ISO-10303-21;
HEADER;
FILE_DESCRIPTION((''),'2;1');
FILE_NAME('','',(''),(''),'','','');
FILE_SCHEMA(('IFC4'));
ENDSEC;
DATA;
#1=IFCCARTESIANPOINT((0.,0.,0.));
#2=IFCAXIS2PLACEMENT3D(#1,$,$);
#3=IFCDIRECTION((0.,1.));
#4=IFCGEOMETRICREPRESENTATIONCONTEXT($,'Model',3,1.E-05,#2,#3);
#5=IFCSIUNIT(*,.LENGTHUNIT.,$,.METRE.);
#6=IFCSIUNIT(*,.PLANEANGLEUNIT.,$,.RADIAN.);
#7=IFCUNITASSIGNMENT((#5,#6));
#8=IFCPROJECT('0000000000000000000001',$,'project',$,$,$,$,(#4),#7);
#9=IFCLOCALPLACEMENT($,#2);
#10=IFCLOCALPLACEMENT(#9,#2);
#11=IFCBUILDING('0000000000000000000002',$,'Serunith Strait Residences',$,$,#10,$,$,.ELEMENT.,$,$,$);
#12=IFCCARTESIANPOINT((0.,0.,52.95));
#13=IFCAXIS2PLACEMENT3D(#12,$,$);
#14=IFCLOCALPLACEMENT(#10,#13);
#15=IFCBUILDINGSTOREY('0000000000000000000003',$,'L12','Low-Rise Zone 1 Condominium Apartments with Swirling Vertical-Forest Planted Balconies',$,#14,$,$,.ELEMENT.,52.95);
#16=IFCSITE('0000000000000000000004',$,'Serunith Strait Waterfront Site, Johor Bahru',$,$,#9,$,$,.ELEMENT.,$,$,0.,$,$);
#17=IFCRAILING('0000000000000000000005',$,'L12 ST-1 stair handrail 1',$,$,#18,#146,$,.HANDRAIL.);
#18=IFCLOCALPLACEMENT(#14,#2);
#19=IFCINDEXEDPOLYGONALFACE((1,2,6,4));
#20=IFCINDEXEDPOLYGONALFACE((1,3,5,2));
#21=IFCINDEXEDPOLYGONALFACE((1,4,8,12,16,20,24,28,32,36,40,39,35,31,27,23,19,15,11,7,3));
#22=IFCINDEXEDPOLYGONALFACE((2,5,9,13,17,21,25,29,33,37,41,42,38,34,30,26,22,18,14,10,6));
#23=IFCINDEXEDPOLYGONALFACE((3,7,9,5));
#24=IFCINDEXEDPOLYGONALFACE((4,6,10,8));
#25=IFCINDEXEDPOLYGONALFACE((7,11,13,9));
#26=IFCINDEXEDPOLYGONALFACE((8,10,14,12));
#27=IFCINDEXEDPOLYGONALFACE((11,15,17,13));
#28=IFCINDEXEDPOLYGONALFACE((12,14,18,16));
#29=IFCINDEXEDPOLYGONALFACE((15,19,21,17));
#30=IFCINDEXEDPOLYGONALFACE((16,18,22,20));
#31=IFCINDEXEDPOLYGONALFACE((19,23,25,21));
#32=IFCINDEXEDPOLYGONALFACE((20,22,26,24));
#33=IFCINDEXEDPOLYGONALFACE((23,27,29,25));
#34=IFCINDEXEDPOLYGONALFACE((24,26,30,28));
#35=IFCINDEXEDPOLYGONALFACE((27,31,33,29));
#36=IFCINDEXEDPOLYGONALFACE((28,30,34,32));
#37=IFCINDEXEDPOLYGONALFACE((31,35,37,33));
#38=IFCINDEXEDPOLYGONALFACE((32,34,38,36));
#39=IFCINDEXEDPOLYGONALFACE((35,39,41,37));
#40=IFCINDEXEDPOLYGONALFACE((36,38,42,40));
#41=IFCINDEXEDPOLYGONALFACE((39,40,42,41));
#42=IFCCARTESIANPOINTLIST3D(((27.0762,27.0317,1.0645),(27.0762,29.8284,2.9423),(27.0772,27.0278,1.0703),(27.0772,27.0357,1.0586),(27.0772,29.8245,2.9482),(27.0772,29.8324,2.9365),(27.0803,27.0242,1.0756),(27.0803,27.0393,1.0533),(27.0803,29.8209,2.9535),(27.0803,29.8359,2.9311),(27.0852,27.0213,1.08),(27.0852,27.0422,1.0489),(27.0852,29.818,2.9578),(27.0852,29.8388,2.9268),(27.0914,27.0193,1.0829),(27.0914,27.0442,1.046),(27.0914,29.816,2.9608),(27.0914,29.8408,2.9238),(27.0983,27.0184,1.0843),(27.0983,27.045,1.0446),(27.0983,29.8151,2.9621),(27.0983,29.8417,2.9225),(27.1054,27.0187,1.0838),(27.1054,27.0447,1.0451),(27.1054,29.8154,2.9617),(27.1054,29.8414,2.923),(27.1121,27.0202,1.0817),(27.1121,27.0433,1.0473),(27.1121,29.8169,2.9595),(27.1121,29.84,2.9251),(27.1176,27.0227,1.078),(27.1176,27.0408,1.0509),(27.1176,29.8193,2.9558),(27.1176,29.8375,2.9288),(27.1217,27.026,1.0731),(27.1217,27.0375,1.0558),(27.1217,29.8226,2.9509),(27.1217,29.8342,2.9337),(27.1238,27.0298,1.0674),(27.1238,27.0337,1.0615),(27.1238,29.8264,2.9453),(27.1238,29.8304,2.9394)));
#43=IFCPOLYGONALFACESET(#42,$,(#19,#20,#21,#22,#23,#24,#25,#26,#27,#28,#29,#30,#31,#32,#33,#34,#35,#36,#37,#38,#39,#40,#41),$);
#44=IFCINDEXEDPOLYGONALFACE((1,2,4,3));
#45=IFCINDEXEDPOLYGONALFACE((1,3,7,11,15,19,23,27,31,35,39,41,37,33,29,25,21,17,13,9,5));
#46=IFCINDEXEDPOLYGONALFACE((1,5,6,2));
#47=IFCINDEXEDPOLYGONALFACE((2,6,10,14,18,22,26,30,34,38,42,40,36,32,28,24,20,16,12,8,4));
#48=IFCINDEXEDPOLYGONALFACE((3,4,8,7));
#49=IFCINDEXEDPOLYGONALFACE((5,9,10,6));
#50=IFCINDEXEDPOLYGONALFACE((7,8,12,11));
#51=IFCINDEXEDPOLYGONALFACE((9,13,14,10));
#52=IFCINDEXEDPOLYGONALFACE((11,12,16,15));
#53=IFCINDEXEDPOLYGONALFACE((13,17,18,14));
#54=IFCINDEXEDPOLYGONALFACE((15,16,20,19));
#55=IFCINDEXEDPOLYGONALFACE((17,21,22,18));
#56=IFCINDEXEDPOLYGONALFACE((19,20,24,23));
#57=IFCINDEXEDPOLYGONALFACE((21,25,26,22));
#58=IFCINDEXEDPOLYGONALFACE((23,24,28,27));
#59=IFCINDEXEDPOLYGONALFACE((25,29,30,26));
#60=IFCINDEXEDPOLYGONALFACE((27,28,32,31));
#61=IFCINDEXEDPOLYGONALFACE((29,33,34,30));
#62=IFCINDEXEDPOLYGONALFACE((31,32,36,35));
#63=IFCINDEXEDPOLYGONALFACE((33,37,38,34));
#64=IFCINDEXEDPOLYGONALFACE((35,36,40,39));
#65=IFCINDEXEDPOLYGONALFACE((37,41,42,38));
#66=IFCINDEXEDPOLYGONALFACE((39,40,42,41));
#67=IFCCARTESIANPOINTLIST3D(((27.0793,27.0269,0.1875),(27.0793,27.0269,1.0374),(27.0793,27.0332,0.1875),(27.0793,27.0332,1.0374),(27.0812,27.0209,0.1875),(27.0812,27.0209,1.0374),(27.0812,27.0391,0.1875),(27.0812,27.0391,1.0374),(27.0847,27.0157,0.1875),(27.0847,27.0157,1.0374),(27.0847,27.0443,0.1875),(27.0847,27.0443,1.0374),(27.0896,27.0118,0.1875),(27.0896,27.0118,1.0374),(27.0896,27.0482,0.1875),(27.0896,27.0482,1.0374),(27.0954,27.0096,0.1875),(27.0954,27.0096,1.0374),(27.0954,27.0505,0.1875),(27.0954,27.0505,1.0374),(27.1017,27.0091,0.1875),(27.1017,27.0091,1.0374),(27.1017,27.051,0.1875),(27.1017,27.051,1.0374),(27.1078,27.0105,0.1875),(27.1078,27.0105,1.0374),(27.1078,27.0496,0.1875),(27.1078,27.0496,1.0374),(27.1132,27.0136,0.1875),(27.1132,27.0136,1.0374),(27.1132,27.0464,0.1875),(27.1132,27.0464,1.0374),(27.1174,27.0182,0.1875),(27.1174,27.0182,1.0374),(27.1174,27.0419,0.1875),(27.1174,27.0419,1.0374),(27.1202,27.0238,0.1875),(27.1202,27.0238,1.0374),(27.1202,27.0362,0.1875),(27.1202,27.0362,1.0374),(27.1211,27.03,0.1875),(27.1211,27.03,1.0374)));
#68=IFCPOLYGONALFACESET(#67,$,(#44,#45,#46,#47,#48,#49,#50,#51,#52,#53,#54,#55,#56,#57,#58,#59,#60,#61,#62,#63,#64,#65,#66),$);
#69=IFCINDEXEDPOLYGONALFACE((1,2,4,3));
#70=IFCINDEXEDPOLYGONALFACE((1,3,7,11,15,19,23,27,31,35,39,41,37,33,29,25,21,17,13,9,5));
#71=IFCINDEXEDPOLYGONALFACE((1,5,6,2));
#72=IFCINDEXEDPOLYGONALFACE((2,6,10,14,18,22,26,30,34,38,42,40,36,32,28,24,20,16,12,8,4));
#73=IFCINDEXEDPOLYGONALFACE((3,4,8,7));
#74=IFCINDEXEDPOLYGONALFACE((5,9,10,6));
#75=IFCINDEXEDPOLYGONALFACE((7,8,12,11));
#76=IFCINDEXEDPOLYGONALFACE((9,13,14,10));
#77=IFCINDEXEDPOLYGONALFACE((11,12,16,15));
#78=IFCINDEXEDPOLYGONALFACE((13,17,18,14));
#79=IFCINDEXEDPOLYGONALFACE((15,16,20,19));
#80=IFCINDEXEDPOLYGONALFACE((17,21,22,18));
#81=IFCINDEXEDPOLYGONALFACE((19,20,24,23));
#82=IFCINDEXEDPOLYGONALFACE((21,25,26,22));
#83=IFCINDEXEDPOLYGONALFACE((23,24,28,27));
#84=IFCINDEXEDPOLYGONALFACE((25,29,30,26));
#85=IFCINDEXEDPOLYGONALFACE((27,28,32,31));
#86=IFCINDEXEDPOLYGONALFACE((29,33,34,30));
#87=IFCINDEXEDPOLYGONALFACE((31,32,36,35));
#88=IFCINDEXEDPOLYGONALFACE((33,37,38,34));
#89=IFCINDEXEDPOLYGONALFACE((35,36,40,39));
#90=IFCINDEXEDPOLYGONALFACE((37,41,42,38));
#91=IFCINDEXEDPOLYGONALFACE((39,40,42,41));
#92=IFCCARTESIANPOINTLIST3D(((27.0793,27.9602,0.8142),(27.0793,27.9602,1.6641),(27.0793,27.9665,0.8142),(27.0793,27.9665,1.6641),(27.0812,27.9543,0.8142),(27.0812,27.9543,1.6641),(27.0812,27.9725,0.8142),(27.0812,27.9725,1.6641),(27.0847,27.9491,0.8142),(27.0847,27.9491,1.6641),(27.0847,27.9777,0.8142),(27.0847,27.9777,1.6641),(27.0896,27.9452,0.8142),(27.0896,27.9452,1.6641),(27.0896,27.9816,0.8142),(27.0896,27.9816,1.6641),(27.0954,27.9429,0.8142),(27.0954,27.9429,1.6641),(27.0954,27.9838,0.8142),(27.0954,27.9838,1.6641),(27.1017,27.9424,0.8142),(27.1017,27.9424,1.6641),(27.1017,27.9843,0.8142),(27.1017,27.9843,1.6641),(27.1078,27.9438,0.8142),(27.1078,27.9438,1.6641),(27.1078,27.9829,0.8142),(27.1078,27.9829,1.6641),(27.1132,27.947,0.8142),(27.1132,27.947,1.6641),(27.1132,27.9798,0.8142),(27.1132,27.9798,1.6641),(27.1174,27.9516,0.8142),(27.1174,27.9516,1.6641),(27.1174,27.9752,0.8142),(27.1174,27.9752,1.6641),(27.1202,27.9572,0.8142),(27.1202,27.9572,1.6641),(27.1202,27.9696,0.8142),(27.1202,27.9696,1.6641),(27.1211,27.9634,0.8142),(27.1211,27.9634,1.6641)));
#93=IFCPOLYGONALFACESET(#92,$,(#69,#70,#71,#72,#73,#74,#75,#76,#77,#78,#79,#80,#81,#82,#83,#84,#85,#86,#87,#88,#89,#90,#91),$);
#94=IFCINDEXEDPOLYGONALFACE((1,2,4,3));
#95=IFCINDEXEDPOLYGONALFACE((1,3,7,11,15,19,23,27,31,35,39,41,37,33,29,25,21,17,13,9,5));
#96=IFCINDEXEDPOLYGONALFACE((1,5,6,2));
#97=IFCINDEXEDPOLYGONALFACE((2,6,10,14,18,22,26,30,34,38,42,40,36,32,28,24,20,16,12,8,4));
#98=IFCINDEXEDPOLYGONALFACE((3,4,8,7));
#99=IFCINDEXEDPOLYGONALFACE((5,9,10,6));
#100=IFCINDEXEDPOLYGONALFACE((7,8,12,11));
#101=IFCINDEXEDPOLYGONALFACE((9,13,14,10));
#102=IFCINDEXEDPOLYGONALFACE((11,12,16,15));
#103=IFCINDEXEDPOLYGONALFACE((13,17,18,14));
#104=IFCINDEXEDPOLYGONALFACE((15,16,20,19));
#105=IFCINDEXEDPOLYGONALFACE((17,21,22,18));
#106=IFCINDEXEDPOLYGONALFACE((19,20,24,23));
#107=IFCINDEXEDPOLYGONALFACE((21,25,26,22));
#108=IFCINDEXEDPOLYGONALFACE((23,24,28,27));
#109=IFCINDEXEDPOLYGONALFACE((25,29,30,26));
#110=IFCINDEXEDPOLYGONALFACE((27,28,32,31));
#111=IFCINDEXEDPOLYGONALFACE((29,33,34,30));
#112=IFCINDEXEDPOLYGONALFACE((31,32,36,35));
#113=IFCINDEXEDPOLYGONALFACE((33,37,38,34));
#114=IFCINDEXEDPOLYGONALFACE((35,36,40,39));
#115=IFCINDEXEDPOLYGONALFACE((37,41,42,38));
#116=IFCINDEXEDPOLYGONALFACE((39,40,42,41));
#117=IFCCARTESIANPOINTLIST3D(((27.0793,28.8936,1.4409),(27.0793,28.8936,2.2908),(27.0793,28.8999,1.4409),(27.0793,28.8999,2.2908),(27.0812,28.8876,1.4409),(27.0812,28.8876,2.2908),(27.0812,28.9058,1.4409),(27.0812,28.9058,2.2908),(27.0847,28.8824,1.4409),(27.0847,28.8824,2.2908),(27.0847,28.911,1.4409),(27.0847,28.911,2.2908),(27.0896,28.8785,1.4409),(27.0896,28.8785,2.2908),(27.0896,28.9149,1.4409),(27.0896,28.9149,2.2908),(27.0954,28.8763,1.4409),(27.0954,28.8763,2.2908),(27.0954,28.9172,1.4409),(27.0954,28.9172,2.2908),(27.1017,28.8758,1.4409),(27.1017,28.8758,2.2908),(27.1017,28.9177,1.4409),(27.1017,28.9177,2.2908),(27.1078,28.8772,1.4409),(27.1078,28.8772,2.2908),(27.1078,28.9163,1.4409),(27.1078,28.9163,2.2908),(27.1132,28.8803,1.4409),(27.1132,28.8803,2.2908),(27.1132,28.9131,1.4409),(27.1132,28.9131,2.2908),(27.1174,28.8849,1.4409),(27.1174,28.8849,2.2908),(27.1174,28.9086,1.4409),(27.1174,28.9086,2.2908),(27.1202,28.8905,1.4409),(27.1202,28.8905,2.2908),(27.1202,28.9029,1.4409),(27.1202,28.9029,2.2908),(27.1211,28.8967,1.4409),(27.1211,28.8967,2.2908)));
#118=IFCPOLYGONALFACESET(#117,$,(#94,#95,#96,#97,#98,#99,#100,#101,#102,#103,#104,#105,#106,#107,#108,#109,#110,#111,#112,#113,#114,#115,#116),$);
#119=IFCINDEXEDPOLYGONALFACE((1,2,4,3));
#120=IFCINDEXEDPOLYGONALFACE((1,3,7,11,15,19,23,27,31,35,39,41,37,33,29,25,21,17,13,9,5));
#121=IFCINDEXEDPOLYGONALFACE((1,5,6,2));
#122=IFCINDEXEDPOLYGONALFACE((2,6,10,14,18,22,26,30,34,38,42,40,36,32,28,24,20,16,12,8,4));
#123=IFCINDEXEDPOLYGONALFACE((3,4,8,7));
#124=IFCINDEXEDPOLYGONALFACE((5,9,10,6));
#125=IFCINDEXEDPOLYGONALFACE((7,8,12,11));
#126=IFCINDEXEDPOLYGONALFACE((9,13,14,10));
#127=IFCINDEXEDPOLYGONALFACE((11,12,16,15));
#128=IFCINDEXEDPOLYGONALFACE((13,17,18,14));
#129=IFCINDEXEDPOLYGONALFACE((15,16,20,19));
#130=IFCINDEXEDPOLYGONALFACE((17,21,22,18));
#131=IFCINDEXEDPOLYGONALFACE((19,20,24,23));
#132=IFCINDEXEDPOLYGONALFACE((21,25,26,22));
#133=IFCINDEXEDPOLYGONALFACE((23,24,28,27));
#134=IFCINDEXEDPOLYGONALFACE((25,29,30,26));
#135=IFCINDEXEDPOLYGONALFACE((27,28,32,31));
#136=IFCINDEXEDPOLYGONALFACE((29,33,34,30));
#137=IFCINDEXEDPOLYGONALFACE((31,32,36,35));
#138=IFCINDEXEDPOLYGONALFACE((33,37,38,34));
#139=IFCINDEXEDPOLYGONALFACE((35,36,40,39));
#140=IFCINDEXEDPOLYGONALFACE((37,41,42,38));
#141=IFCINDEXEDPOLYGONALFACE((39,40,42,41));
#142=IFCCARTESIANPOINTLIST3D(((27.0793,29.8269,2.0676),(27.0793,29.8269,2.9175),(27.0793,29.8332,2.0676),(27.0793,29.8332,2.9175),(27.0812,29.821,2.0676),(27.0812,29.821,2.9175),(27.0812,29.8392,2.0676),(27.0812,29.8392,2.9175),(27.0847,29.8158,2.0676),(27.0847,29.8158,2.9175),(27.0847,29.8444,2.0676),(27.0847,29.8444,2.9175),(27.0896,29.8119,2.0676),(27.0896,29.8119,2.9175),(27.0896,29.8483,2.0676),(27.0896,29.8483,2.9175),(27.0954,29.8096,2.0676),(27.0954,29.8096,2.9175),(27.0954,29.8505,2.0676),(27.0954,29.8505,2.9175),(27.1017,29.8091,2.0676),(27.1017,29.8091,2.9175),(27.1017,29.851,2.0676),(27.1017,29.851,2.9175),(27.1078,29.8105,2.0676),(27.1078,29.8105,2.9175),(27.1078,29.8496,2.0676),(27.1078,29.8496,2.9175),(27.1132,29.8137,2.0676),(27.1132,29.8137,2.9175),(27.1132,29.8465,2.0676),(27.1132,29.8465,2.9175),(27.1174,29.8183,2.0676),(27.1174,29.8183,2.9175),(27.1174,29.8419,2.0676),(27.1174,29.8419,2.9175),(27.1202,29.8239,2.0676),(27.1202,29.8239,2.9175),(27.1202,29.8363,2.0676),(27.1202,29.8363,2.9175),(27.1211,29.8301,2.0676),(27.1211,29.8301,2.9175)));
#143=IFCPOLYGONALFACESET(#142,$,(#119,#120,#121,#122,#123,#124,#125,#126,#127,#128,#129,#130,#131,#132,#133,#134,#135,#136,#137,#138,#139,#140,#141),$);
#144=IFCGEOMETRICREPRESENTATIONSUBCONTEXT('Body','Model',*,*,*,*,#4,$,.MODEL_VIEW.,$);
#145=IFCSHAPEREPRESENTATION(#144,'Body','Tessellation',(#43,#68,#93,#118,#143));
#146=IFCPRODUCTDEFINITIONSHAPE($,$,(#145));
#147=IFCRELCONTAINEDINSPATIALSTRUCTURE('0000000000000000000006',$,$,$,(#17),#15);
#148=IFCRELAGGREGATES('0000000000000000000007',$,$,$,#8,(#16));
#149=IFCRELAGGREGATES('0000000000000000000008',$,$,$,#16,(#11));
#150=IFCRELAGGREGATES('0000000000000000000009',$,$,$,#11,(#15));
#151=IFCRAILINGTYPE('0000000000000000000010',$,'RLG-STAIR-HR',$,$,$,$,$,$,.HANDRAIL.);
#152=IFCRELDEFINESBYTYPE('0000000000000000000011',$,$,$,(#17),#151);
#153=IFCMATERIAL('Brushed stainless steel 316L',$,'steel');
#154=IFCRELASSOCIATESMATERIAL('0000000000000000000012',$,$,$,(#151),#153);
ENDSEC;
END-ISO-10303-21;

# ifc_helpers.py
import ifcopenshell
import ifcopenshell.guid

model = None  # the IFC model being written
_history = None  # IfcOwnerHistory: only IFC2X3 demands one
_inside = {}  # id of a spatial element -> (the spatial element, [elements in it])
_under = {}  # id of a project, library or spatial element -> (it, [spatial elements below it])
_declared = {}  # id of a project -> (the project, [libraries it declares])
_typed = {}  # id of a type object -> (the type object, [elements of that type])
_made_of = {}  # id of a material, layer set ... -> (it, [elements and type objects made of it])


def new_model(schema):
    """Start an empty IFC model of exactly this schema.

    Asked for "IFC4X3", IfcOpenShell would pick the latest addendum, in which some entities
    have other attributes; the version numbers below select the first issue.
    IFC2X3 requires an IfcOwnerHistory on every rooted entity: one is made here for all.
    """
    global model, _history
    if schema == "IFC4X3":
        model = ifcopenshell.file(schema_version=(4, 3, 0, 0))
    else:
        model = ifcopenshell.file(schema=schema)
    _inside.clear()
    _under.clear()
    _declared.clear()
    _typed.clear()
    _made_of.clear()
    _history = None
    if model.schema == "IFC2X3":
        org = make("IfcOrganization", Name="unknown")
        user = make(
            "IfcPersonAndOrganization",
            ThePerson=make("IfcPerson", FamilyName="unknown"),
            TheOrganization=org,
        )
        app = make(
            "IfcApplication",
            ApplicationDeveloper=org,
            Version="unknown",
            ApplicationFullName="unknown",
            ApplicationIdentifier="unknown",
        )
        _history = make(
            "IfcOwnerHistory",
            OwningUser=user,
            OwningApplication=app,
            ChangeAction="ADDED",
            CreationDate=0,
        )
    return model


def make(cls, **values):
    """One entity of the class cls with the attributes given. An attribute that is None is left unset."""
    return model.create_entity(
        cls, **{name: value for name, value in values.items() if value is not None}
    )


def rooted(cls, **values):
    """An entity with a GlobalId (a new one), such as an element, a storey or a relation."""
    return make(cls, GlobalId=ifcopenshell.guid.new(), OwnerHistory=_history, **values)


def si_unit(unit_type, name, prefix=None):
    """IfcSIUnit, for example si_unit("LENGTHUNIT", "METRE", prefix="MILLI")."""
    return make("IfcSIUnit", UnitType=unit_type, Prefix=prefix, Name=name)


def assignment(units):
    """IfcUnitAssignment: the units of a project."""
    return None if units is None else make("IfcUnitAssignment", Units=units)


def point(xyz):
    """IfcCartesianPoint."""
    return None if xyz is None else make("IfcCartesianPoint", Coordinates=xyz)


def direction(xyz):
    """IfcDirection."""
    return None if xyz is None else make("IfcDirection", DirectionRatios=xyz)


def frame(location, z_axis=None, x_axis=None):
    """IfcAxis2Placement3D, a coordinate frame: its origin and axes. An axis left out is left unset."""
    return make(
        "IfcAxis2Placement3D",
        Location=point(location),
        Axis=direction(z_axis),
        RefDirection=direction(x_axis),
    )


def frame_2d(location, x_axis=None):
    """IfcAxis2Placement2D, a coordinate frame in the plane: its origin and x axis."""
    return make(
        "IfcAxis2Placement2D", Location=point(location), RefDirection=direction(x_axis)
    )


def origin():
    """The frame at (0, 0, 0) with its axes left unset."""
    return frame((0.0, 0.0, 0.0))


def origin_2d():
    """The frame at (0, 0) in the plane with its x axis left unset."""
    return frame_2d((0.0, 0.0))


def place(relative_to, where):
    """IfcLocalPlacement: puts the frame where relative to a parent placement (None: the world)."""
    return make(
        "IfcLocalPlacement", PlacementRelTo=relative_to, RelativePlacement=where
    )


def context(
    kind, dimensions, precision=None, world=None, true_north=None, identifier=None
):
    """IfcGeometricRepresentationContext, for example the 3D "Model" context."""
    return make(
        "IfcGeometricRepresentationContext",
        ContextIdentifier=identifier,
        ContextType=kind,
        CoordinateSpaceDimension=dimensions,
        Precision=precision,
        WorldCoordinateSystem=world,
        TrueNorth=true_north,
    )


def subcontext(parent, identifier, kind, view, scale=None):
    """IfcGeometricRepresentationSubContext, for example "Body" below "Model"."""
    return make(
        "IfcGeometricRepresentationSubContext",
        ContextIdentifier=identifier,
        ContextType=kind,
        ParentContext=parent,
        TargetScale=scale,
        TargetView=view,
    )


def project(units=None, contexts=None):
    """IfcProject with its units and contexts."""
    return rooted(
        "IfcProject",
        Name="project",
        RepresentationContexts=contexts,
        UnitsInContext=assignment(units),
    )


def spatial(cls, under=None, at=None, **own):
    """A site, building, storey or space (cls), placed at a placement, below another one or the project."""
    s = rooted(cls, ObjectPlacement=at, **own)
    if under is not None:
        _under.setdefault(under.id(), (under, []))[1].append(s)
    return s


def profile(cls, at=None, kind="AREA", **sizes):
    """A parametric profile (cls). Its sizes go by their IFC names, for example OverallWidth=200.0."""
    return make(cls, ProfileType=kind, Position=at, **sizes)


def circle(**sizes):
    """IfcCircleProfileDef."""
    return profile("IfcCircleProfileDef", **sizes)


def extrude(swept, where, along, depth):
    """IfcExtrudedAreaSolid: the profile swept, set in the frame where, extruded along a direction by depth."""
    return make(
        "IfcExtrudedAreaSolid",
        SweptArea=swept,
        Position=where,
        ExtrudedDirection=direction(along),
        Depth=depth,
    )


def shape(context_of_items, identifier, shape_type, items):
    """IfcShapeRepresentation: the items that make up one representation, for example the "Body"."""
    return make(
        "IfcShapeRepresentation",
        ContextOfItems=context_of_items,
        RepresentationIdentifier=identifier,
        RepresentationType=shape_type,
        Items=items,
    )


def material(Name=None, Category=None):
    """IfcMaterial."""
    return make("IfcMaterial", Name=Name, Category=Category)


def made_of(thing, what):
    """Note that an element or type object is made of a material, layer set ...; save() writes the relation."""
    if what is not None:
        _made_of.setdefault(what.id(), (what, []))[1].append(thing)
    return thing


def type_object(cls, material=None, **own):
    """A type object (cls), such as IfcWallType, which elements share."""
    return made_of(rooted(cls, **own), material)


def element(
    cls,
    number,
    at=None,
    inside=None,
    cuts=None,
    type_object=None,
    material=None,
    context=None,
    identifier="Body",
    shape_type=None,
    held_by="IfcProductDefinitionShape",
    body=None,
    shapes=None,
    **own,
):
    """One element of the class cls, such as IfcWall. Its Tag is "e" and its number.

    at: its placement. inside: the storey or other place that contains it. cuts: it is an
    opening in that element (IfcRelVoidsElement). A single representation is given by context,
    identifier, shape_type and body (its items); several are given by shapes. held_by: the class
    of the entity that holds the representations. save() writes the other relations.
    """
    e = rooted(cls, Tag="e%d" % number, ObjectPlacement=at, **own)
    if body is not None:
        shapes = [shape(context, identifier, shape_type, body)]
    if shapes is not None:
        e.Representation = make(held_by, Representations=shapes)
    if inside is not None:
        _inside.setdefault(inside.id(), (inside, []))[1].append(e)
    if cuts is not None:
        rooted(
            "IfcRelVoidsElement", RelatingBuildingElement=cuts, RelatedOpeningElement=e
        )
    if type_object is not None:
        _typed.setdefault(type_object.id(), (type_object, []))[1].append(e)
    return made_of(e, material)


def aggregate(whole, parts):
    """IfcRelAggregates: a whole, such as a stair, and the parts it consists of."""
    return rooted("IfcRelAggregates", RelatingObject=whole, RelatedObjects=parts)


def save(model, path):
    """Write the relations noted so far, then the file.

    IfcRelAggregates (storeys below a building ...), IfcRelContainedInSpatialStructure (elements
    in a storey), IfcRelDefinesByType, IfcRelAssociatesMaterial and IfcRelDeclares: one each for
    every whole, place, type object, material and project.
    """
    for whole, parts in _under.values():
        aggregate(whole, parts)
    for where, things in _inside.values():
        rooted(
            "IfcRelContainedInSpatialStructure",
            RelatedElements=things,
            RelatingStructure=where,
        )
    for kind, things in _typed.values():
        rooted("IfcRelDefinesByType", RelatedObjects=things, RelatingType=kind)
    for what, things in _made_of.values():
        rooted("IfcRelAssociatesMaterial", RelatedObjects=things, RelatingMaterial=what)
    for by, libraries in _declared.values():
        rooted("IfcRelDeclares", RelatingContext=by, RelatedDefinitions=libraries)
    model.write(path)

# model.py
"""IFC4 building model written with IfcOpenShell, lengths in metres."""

from ifc_helpers import new_model, si_unit, direction, frame, origin, origin_2d, place, context, subcontext, project, spatial, circle, extrude, material, type_object, element, save


model = new_model("IFC4")

# Units and contexts
model_context = context("Model", 3, precision=1e-05, world=origin(), true_north=direction((0.0, 1.0)))
body_context = subcontext(model_context, "Body", "Model", "MODEL_VIEW")
ifc_project = project(units=[si_unit("LENGTHUNIT", "METRE"), si_unit("PLANEANGLEUNIT", "RADIAN")], contexts=[model_context])

# Site, building, storey
site_placement = place(None, origin())
site = spatial("IfcSite", under=ifc_project, at=site_placement, Name="Serunith Strait Waterfront Site, Johor Bahru", CompositionType="ELEMENT", RefElevation=0.0)
building_placement = place(site_placement, origin())
building = spatial("IfcBuilding", under=site, at=building_placement, Name="Serunith Strait Residences", CompositionType="ELEMENT")
storey_placement = place(building_placement, frame((0.0, 0.0, 52.95)))
storey = spatial("IfcBuildingStorey", under=building, at=storey_placement, Name="L12", Description="Low-Rise Zone 1 Condominium Apartments with Swirling Vertical-Forest Planted Balconies", CompositionType="ELEMENT", Elevation=52.95)

# Railing
ifc_material_1 = material(Name="Brushed stainless steel 316L", Category="steel")
railing_type_1 = type_object("IfcRailingType", Name="RLG-STAIR-HR", PredefinedType="HANDRAIL", material=ifc_material_1)
railing_1_placement = place(storey_placement, frame((27.1001, 27.03, 0.1875)))
element("IfcRailing", 1, at=railing_1_placement, inside=storey, type_object=railing_type_1, Name="L12 ST-1 stair handrail 1", PredefinedType="HANDRAIL", context=body_context, shape_type="SweptSolid", body=[
    extrude(circle(Radius=0.0239, at=origin_2d()), frame((0.0, 0.0017, 0.877), z_axis=(0.0, 0.830208, 0.557453), x_axis=(-1.0, 0.0, 0.0)), (0.0, 0.0, 1.0), 3.3687),
    extrude(circle(Radius=0.021, at=origin_2d()), origin(), (0.0, 0.0, 1.0), 0.8499),
    extrude(circle(Radius=0.021, at=origin_2d()), frame((0.0, 0.9333, 0.6267)), (0.0, 0.0, 1.0), 0.8499),
    extrude(circle(Radius=0.021, at=origin_2d()), frame((0.0, 1.8667, 1.2534)), (0.0, 0.0, 1.0), 0.8499),
    extrude(circle(Radius=0.021, at=origin_2d()), frame((0.0, 2.8, 1.8801)), (0.0, 0.0, 1.0), 0.8499),
])

save(model, "model.ifc")
